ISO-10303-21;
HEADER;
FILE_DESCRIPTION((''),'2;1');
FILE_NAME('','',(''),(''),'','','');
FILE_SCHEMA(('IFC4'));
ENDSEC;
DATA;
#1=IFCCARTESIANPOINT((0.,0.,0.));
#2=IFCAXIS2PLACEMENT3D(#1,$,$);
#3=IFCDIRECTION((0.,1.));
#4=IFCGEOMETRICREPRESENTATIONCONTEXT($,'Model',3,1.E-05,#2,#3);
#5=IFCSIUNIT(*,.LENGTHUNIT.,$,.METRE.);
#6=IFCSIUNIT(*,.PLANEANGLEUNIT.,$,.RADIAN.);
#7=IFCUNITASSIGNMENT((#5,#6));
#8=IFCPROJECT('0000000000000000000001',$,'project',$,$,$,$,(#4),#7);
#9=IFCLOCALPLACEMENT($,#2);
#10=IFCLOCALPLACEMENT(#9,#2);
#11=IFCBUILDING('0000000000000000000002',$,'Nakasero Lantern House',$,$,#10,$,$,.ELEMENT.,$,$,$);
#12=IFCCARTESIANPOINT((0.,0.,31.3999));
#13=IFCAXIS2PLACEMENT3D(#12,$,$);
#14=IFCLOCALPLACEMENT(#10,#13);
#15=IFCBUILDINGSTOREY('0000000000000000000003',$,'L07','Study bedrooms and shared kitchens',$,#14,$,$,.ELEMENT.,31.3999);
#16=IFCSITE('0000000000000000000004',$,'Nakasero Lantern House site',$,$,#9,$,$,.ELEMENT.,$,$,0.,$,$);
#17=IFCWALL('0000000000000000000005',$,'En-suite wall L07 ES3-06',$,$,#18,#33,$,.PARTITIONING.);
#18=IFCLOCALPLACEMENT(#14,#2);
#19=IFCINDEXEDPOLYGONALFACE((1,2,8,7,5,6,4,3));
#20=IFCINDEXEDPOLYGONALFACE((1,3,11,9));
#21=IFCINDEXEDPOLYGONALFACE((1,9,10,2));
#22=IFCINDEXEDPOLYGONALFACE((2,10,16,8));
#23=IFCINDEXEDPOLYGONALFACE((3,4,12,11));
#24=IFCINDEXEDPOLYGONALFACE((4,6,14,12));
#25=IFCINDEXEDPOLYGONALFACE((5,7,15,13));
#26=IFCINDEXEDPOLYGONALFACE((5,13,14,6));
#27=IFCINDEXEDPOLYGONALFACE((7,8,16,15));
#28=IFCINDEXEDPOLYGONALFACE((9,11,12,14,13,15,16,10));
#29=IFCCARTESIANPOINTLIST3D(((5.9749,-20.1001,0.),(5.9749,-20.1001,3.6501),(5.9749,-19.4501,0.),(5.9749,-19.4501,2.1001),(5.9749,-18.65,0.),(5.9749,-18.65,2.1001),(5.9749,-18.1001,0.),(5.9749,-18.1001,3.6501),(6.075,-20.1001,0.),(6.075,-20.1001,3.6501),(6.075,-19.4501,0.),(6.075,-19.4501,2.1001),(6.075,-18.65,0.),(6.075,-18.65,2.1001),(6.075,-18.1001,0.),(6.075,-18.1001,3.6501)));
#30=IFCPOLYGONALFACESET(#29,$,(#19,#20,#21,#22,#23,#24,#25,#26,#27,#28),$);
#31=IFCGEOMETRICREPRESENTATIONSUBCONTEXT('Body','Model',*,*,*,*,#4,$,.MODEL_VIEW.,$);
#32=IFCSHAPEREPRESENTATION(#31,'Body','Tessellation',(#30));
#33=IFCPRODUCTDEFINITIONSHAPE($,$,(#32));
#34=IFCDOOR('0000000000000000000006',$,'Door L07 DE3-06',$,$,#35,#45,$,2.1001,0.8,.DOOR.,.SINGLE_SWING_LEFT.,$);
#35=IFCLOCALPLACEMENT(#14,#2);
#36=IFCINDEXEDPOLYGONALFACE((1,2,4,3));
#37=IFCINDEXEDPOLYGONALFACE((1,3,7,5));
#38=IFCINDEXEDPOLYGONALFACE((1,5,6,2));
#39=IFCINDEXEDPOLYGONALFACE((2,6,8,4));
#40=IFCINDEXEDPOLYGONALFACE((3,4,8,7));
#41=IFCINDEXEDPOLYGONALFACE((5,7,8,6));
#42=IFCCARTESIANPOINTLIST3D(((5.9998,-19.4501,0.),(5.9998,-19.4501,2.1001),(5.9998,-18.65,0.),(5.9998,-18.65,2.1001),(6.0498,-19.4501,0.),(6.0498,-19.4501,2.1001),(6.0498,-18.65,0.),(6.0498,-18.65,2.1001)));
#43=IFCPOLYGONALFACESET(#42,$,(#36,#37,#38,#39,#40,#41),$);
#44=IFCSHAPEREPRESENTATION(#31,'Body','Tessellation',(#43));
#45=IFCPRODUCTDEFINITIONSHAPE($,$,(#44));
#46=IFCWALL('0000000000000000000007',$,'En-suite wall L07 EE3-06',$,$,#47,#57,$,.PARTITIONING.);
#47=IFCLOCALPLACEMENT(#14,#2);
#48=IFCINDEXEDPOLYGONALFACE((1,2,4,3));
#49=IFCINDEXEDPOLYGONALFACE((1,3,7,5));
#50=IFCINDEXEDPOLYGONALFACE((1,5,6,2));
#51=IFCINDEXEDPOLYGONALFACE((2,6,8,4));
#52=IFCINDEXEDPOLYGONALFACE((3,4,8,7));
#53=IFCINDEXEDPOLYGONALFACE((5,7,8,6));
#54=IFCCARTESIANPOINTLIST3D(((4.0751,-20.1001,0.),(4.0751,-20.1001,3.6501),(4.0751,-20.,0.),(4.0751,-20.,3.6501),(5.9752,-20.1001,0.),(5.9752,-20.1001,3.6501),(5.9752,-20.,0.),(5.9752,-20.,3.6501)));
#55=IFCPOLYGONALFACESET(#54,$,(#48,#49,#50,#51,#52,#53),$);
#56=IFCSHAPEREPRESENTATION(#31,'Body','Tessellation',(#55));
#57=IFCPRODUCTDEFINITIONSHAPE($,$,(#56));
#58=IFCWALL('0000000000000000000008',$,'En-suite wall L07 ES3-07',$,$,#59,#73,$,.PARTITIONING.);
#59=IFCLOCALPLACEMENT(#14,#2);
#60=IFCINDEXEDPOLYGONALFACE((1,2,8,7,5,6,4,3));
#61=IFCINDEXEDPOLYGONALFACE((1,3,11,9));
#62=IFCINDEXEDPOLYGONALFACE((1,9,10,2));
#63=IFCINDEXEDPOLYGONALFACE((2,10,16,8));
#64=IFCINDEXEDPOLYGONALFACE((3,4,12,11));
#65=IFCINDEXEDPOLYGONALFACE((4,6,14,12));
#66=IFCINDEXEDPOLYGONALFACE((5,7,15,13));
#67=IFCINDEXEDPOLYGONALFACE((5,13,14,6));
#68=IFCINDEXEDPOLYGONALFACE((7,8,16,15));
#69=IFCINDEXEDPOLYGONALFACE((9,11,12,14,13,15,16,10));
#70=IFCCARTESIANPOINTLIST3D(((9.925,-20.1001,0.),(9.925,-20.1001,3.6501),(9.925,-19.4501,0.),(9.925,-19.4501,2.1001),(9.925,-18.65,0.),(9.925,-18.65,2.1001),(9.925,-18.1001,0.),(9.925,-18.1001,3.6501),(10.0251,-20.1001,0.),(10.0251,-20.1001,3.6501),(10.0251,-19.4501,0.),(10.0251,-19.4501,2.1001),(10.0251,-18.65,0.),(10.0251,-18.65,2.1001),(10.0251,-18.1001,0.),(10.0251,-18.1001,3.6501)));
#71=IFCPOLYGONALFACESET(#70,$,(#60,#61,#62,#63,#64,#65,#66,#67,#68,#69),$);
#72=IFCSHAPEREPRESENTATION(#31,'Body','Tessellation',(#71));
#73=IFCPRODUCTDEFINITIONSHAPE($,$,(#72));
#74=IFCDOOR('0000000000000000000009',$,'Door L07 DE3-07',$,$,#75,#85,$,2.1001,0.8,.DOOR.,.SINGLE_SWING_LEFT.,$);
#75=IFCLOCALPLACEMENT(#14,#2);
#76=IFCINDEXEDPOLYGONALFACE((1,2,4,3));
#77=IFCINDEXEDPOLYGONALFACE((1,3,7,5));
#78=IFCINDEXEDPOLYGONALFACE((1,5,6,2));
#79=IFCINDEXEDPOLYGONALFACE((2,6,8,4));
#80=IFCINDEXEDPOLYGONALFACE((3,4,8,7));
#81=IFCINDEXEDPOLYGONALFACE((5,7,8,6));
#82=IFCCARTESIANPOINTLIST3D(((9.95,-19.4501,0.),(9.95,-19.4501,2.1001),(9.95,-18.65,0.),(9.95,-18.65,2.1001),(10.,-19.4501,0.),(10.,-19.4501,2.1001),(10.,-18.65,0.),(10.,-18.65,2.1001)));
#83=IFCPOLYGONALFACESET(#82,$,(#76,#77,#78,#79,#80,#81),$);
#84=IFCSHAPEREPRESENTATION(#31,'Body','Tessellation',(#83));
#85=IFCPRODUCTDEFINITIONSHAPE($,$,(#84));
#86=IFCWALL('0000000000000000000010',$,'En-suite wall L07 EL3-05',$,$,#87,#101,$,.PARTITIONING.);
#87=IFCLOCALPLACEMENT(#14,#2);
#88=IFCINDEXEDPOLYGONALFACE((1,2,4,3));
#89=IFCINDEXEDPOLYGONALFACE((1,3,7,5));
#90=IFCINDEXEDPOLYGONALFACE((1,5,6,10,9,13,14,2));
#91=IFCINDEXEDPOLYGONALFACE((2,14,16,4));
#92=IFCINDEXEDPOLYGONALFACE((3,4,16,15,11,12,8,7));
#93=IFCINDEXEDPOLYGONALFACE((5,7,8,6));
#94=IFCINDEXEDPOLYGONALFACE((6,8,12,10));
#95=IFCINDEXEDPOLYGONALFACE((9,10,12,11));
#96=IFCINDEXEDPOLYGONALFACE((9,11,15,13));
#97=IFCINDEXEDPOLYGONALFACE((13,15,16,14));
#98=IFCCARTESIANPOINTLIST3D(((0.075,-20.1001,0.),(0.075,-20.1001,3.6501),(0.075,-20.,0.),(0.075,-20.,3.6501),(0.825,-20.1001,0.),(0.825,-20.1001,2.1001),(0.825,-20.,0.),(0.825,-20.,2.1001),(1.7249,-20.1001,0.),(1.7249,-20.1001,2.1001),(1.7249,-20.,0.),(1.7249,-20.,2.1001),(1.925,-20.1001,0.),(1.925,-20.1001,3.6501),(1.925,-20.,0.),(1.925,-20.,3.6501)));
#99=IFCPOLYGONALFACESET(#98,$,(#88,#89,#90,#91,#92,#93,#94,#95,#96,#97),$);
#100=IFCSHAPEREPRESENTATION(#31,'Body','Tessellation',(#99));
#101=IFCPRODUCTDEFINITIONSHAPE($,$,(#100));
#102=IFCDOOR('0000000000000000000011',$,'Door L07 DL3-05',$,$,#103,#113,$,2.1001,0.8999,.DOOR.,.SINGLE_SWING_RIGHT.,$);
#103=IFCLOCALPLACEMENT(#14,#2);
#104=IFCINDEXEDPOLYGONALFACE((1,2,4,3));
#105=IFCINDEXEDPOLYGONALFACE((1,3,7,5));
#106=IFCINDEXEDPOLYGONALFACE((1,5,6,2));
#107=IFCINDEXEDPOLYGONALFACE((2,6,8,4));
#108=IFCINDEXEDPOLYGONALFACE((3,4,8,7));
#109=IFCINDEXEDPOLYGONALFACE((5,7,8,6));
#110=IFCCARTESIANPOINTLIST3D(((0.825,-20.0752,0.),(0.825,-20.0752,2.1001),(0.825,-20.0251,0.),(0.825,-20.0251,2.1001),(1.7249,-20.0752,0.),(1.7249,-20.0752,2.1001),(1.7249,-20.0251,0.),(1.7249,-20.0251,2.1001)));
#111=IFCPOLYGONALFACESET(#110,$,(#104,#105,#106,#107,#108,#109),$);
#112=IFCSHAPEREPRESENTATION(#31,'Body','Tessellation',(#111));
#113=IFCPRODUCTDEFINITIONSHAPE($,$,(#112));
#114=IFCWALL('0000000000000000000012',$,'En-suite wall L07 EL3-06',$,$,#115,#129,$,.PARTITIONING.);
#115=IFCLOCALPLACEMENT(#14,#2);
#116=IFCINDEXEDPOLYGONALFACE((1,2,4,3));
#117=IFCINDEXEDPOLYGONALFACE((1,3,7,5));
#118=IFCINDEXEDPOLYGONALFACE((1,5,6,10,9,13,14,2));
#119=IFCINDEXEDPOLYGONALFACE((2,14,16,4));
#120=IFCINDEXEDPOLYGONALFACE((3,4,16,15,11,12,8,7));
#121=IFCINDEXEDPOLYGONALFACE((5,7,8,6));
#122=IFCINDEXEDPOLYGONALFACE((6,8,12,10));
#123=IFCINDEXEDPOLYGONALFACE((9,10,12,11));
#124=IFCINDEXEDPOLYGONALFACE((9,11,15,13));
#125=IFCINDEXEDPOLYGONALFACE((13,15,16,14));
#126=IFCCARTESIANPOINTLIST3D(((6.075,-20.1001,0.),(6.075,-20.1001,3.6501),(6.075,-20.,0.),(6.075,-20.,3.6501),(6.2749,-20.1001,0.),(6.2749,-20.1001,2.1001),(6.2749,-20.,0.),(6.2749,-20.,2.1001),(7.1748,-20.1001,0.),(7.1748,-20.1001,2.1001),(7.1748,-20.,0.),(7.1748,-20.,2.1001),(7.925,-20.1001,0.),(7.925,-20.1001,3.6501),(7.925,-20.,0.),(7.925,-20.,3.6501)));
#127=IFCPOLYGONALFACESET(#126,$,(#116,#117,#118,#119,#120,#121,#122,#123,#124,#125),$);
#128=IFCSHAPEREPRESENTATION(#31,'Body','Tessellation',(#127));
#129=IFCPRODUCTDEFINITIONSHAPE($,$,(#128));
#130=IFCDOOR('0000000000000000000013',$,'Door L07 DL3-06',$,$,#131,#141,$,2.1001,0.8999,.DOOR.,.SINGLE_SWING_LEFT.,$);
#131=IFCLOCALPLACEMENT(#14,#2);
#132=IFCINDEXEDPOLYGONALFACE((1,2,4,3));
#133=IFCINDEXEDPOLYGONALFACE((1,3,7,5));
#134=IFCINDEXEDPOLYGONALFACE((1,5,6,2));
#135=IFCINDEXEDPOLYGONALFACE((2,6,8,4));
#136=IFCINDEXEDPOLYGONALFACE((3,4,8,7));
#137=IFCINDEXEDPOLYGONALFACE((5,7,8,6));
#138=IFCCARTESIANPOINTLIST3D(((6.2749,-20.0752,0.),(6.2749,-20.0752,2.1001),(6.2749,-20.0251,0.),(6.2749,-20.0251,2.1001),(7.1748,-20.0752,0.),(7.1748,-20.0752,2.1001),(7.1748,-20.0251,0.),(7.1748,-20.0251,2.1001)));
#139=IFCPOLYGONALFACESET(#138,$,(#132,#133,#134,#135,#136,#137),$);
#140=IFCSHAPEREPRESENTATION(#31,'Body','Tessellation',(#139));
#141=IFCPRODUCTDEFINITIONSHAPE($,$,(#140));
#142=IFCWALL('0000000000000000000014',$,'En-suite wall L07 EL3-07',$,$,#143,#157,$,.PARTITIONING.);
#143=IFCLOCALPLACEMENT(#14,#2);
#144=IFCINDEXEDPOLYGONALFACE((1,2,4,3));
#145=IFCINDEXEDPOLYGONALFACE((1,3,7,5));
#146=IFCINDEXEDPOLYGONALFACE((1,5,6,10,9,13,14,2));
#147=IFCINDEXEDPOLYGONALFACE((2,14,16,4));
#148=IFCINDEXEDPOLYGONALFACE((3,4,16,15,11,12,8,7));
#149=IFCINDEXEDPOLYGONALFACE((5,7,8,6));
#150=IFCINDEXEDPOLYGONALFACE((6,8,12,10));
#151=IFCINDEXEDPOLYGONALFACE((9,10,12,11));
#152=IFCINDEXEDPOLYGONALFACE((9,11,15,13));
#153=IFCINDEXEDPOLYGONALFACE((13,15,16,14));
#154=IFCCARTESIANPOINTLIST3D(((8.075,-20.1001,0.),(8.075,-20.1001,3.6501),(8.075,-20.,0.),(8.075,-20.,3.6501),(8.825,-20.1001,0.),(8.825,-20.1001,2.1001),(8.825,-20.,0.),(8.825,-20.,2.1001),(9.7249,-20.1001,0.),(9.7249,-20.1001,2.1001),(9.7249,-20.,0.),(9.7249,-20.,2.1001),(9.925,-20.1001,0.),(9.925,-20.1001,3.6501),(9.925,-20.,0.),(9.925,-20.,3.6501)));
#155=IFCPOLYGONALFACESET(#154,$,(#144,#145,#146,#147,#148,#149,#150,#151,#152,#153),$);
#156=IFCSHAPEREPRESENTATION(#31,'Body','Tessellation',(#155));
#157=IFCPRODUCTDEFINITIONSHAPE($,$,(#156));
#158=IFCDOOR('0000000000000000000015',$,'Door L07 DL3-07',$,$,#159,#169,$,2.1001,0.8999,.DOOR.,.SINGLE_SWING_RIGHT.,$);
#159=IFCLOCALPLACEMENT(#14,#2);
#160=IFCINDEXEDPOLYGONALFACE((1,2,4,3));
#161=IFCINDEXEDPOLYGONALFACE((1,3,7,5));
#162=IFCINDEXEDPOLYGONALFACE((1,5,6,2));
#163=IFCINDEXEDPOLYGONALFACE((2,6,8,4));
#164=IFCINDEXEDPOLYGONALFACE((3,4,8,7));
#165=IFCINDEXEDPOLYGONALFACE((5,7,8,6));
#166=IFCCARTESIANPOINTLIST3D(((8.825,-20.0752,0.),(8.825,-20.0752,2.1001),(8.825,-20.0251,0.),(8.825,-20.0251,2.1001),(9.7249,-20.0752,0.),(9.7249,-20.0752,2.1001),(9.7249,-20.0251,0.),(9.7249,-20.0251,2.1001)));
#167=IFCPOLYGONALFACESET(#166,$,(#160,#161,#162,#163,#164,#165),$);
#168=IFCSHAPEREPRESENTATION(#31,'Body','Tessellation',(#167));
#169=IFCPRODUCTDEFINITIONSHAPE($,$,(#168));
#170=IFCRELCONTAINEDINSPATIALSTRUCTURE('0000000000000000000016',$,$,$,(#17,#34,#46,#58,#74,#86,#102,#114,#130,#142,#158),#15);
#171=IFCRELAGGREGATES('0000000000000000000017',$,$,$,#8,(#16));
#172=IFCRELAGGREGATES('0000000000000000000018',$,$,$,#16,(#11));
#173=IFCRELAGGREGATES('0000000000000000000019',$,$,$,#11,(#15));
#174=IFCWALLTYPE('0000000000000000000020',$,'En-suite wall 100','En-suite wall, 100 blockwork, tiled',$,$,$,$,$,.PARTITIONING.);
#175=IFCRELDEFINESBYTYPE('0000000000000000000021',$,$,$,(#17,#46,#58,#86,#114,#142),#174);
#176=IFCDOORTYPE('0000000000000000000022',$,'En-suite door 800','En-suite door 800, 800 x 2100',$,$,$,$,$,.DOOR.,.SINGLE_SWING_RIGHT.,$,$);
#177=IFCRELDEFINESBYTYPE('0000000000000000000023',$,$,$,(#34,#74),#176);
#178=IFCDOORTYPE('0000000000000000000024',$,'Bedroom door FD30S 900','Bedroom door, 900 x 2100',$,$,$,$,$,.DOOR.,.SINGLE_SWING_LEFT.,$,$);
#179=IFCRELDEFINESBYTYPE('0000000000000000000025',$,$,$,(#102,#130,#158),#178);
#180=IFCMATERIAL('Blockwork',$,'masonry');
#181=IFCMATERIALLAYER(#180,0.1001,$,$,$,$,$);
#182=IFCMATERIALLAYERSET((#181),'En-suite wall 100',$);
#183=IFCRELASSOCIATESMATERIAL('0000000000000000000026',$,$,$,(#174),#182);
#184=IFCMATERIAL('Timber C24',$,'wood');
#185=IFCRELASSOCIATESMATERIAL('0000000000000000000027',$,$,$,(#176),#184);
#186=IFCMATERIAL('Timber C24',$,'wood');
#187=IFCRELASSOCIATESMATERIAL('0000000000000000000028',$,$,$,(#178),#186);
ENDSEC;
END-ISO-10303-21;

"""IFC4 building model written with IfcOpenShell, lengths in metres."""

from ifc_helpers import new_model, si_unit, direction, frame, frame_2d, origin, place, context, subcontext, project, spatial, rectangle, extrude, material, layer, layer_set, type_object, element, fill, save


model = new_model("IFC4")

# Units and contexts
model_context = context("Model", 3, precision=1e-05, world=origin(), true_north=direction((0.0, 1.0)))
body_context = subcontext(model_context, "Body", "Model", "MODEL_VIEW")
ifc_project = project(units=[si_unit("LENGTHUNIT", "METRE"), si_unit("PLANEANGLEUNIT", "RADIAN")], contexts=[model_context])

# Site, building, storey
site_placement = place(None, origin())
site = spatial("IfcSite", under=ifc_project, at=site_placement, Name="Nakasero Lantern House site", CompositionType="ELEMENT", RefElevation=0.0)
building_placement = place(site_placement, origin())
building = spatial("IfcBuilding", under=site, at=building_placement, Name="Nakasero Lantern House", CompositionType="ELEMENT")
storey_placement = place(building_placement, frame((0.0, 0.0, 31.3999)))
storey = spatial("IfcBuildingStorey", under=building, at=storey_placement, Name="L07", Description="Study bedrooms and shared kitchens", CompositionType="ELEMENT", Elevation=31.3999)

# Shared definitions
ifc_material_1 = material(Name="Blockwork", Category="masonry")
ifc_layer_1 = layer(ifc_material_1, 0.1001)
ifc_layer_set_1 = layer_set([ifc_layer_1], Name="En-suite wall 100")
wall_type_1 = type_object("IfcWallType", Name="En-suite wall 100", Description="En-suite wall, 100 blockwork, tiled", PredefinedType="PARTITIONING", material=ifc_layer_set_1)
ifc_material_2 = material(Name="Timber C24", Category="wood")
door_type_1 = type_object("IfcDoorType", Name="En-suite door 800", Description="En-suite door 800, 800 x 2100", OperationType="SINGLE_SWING_RIGHT", PredefinedType="DOOR", material=ifc_material_2)

# Wall, opening, door
wall_1_placement = place(storey_placement, frame((6.0249, -18.1001, 0.0), z_axis=(0.0, 0.0, 1.0), x_axis=(0.0, -1.0, 0.0)))
wall_1 = element("IfcWall", 1, at=wall_1_placement, inside=storey, type_object=wall_type_1, Name="En-suite wall L07 ES3-06", PredefinedType="PARTITIONING", context=body_context, shape_type="SweptSolid", body=[
    extrude(rectangle(XDim=2.0, YDim=0.1001, at=frame_2d((1.0, 0.0))), origin(), (0.0, 0.0, 1.0), 3.6501),
])
opening_1_placement = place(wall_1_placement, frame((0.55, 0.0, 0.0)))
opening_1 = element("IfcOpeningElement", 2, at=opening_1_placement, cuts=wall_1, PredefinedType="OPENING", context=body_context, shape_type="SweptSolid", body=[
    extrude(rectangle(XDim=0.8, YDim=2.1001, at=frame_2d((0.3999, 1.05))), frame((0.0, 0.0701, 0.0), z_axis=(0.0, -1.0, 0.0), x_axis=(1.0, 0.0, 0.0)), (0.0, 0.0, 1.0), 0.1401),
])
door_1_placement = place(opening_1_placement, origin())
door_1 = element("IfcDoor", 3, at=door_1_placement, inside=storey, type_object=door_type_1, Name="Door L07 DE3-06", OperationType="SINGLE_SWING_LEFT", OverallHeight=2.1001, OverallWidth=0.8, PredefinedType="DOOR", context=body_context, shape_type="SweptSolid", body=[
    extrude(rectangle(XDim=0.8, YDim=2.1001, at=frame_2d((0.3999, 1.05))), frame((0.0, 0.0249, 0.0), z_axis=(0.0, -1.0, 0.0), x_axis=(1.0, 0.0, 0.0)), (0.0, 0.0, 1.0), 0.05),
])
fill(opening_1, door_1)

# Wall
wall_2_placement = place(storey_placement, frame((4.075, -20.05, 0.0), z_axis=(0.0, 0.0, 1.0), x_axis=(1.0, 0.0, 0.0)))
element("IfcWall", 4, at=wall_2_placement, inside=storey, type_object=wall_type_1, Name="En-suite wall L07 EE3-06", PredefinedType="PARTITIONING", context=body_context, shape_type="SweptSolid", body=[
    extrude(rectangle(XDim=1.9001, YDim=0.1001, at=frame_2d((0.9502, 0.0))), origin(), (0.0, 0.0, 1.0), 3.6501),
])

# Walls, openings, doors
wall_3_placement = place(storey_placement, frame((9.9751, -18.1001, 0.0), z_axis=(0.0, 0.0, 1.0), x_axis=(0.0, -1.0, 0.0)))
wall_3 = element("IfcWall", 5, at=wall_3_placement, inside=storey, type_object=wall_type_1, Name="En-suite wall L07 ES3-07", PredefinedType="PARTITIONING", context=body_context, shape_type="SweptSolid", body=[
    extrude(rectangle(XDim=2.0, YDim=0.1001, at=frame_2d((1.0, 0.0))), origin(), (0.0, 0.0, 1.0), 3.6501),
])
opening_2_placement = place(wall_3_placement, frame((0.55, 0.0, 0.0)))
opening_2 = element("IfcOpeningElement", 6, at=opening_2_placement, cuts=wall_3, PredefinedType="OPENING", context=body_context, shape_type="SweptSolid", body=[
    extrude(rectangle(XDim=0.8, YDim=2.1001, at=frame_2d((0.3999, 1.05))), frame((0.0, 0.0701, 0.0), z_axis=(0.0, -1.0, 0.0), x_axis=(1.0, 0.0, 0.0)), (0.0, 0.0, 1.0), 0.1401),
])
door_2_placement = place(opening_2_placement, origin())
door_2 = element("IfcDoor", 7, at=door_2_placement, inside=storey, type_object=door_type_1, Name="Door L07 DE3-07", OperationType="SINGLE_SWING_LEFT", OverallHeight=2.1001, OverallWidth=0.8, PredefinedType="DOOR", context=body_context, shape_type="SweptSolid", body=[
    extrude(rectangle(XDim=0.8, YDim=2.1001, at=frame_2d((0.3999, 1.05))), frame((0.0, 0.0249, 0.0), z_axis=(0.0, -1.0, 0.0), x_axis=(1.0, 0.0, 0.0)), (0.0, 0.0, 1.0), 0.05),
])
fill(opening_2, door_2)
wall_4_placement = place(storey_placement, frame((0.075, -20.05, 0.0), z_axis=(0.0, 0.0, 1.0), x_axis=(1.0, 0.0, 0.0)))
wall_4 = element("IfcWall", 8, at=wall_4_placement, inside=storey, type_object=wall_type_1, Name="En-suite wall L07 EL3-05", PredefinedType="PARTITIONING", context=body_context, shape_type="SweptSolid", body=[
    extrude(rectangle(XDim=1.8501, YDim=0.1001, at=frame_2d((0.925, 0.0))), origin(), (0.0, 0.0, 1.0), 3.6501),
])
opening_3_placement = place(wall_4_placement, frame((0.75, 0.0, 0.0)))
opening_3 = element("IfcOpeningElement", 9, at=opening_3_placement, cuts=wall_4, PredefinedType="OPENING", context=body_context, shape_type="SweptSolid", body=[
    extrude(rectangle(XDim=0.8999, YDim=2.1001, at=frame_2d((0.45, 1.05))), frame((0.0, 0.0701, 0.0), z_axis=(0.0, -1.0, 0.0), x_axis=(1.0, 0.0, 0.0)), (0.0, 0.0, 1.0), 0.1401),
])
ifc_material_3 = material(Name="Timber C24", Category="wood")
door_type_2 = type_object("IfcDoorType", Name="Bedroom door FD30S 900", Description="Bedroom door, 900 x 2100", OperationType="SINGLE_SWING_LEFT", PredefinedType="DOOR", material=ifc_material_3)
door_3_placement = place(opening_3_placement, origin())
door_3 = element("IfcDoor", 10, at=door_3_placement, inside=storey, type_object=door_type_2, Name="Door L07 DL3-05", OperationType="SINGLE_SWING_RIGHT", OverallHeight=2.1001, OverallWidth=0.8999, PredefinedType="DOOR", context=body_context, shape_type="SweptSolid", body=[
    extrude(rectangle(XDim=0.8999, YDim=2.1001, at=frame_2d((0.45, 1.05))), frame((0.0, 0.0249, 0.0), z_axis=(0.0, -1.0, 0.0), x_axis=(1.0, 0.0, 0.0)), (0.0, 0.0, 1.0), 0.05),
])
fill(opening_3, door_3)
wall_5_placement = place(storey_placement, frame((6.075, -20.05, 0.0), z_axis=(0.0, 0.0, 1.0), x_axis=(1.0, 0.0, 0.0)))
wall_5 = element("IfcWall", 11, at=wall_5_placement, inside=storey, type_object=wall_type_1, Name="En-suite wall L07 EL3-06", PredefinedType="PARTITIONING", context=body_context, shape_type="SweptSolid", body=[
    extrude(rectangle(XDim=1.8501, YDim=0.1001, at=frame_2d((0.925, 0.0))), origin(), (0.0, 0.0, 1.0), 3.6501),
])
opening_4_placement = place(wall_5_placement, frame((0.2, 0.0, 0.0)))
opening_4 = element("IfcOpeningElement", 12, at=opening_4_placement, cuts=wall_5, PredefinedType="OPENING", context=body_context, shape_type="SweptSolid", body=[
    extrude(rectangle(XDim=0.8999, YDim=2.1001, at=frame_2d((0.45, 1.05))), frame((0.0, 0.0701, 0.0), z_axis=(0.0, -1.0, 0.0), x_axis=(1.0, 0.0, 0.0)), (0.0, 0.0, 1.0), 0.1401),
])
door_4_placement = place(opening_4_placement, origin())
door_4 = element("IfcDoor", 13, at=door_4_placement, inside=storey, type_object=door_type_2, Name="Door L07 DL3-06", OperationType="SINGLE_SWING_LEFT", OverallHeight=2.1001, OverallWidth=0.8999, PredefinedType="DOOR", context=body_context, shape_type="SweptSolid", body=[
    extrude(rectangle(XDim=0.8999, YDim=2.1001, at=frame_2d((0.45, 1.05))), frame((0.0, 0.0249, 0.0), z_axis=(0.0, -1.0, 0.0), x_axis=(1.0, 0.0, 0.0)), (0.0, 0.0, 1.0), 0.05),
])
fill(opening_4, door_4)
wall_6_placement = place(storey_placement, frame((8.075, -20.05, 0.0), z_axis=(0.0, 0.0, 1.0), x_axis=(1.0, 0.0, 0.0)))
wall_6 = element("IfcWall", 14, at=wall_6_placement, inside=storey, type_object=wall_type_1, Name="En-suite wall L07 EL3-07", PredefinedType="PARTITIONING", context=body_context, shape_type="SweptSolid", body=[
    extrude(rectangle(XDim=1.8501, YDim=0.1001, at=frame_2d((0.925, 0.0))), origin(), (0.0, 0.0, 1.0), 3.6501),
])
opening_5_placement = place(wall_6_placement, frame((0.75, 0.0, 0.0)))
opening_5 = element("IfcOpeningElement", 15, at=opening_5_placement, cuts=wall_6, PredefinedType="OPENING", context=body_context, shape_type="SweptSolid", body=[
    extrude(rectangle(XDim=0.8999, YDim=2.1001, at=frame_2d((0.45, 1.05))), frame((0.0, 0.0701, 0.0), z_axis=(0.0, -1.0, 0.0), x_axis=(1.0, 0.0, 0.0)), (0.0, 0.0, 1.0), 0.1401),
])
door_5_placement = place(opening_5_placement, origin())
door_5 = element("IfcDoor", 16, at=door_5_placement, inside=storey, type_object=door_type_2, Name="Door L07 DL3-07", OperationType="SINGLE_SWING_RIGHT", OverallHeight=2.1001, OverallWidth=0.8999, PredefinedType="DOOR", context=body_context, shape_type="SweptSolid", body=[
    extrude(rectangle(XDim=0.8999, YDim=2.1001, at=frame_2d((0.45, 1.05))), frame((0.0, 0.0249, 0.0), z_axis=(0.0, -1.0, 0.0), x_axis=(1.0, 0.0, 0.0)), (0.0, 0.0, 1.0), 0.05),
])
fill(opening_5, door_5)

save(model, "model.ifc")
